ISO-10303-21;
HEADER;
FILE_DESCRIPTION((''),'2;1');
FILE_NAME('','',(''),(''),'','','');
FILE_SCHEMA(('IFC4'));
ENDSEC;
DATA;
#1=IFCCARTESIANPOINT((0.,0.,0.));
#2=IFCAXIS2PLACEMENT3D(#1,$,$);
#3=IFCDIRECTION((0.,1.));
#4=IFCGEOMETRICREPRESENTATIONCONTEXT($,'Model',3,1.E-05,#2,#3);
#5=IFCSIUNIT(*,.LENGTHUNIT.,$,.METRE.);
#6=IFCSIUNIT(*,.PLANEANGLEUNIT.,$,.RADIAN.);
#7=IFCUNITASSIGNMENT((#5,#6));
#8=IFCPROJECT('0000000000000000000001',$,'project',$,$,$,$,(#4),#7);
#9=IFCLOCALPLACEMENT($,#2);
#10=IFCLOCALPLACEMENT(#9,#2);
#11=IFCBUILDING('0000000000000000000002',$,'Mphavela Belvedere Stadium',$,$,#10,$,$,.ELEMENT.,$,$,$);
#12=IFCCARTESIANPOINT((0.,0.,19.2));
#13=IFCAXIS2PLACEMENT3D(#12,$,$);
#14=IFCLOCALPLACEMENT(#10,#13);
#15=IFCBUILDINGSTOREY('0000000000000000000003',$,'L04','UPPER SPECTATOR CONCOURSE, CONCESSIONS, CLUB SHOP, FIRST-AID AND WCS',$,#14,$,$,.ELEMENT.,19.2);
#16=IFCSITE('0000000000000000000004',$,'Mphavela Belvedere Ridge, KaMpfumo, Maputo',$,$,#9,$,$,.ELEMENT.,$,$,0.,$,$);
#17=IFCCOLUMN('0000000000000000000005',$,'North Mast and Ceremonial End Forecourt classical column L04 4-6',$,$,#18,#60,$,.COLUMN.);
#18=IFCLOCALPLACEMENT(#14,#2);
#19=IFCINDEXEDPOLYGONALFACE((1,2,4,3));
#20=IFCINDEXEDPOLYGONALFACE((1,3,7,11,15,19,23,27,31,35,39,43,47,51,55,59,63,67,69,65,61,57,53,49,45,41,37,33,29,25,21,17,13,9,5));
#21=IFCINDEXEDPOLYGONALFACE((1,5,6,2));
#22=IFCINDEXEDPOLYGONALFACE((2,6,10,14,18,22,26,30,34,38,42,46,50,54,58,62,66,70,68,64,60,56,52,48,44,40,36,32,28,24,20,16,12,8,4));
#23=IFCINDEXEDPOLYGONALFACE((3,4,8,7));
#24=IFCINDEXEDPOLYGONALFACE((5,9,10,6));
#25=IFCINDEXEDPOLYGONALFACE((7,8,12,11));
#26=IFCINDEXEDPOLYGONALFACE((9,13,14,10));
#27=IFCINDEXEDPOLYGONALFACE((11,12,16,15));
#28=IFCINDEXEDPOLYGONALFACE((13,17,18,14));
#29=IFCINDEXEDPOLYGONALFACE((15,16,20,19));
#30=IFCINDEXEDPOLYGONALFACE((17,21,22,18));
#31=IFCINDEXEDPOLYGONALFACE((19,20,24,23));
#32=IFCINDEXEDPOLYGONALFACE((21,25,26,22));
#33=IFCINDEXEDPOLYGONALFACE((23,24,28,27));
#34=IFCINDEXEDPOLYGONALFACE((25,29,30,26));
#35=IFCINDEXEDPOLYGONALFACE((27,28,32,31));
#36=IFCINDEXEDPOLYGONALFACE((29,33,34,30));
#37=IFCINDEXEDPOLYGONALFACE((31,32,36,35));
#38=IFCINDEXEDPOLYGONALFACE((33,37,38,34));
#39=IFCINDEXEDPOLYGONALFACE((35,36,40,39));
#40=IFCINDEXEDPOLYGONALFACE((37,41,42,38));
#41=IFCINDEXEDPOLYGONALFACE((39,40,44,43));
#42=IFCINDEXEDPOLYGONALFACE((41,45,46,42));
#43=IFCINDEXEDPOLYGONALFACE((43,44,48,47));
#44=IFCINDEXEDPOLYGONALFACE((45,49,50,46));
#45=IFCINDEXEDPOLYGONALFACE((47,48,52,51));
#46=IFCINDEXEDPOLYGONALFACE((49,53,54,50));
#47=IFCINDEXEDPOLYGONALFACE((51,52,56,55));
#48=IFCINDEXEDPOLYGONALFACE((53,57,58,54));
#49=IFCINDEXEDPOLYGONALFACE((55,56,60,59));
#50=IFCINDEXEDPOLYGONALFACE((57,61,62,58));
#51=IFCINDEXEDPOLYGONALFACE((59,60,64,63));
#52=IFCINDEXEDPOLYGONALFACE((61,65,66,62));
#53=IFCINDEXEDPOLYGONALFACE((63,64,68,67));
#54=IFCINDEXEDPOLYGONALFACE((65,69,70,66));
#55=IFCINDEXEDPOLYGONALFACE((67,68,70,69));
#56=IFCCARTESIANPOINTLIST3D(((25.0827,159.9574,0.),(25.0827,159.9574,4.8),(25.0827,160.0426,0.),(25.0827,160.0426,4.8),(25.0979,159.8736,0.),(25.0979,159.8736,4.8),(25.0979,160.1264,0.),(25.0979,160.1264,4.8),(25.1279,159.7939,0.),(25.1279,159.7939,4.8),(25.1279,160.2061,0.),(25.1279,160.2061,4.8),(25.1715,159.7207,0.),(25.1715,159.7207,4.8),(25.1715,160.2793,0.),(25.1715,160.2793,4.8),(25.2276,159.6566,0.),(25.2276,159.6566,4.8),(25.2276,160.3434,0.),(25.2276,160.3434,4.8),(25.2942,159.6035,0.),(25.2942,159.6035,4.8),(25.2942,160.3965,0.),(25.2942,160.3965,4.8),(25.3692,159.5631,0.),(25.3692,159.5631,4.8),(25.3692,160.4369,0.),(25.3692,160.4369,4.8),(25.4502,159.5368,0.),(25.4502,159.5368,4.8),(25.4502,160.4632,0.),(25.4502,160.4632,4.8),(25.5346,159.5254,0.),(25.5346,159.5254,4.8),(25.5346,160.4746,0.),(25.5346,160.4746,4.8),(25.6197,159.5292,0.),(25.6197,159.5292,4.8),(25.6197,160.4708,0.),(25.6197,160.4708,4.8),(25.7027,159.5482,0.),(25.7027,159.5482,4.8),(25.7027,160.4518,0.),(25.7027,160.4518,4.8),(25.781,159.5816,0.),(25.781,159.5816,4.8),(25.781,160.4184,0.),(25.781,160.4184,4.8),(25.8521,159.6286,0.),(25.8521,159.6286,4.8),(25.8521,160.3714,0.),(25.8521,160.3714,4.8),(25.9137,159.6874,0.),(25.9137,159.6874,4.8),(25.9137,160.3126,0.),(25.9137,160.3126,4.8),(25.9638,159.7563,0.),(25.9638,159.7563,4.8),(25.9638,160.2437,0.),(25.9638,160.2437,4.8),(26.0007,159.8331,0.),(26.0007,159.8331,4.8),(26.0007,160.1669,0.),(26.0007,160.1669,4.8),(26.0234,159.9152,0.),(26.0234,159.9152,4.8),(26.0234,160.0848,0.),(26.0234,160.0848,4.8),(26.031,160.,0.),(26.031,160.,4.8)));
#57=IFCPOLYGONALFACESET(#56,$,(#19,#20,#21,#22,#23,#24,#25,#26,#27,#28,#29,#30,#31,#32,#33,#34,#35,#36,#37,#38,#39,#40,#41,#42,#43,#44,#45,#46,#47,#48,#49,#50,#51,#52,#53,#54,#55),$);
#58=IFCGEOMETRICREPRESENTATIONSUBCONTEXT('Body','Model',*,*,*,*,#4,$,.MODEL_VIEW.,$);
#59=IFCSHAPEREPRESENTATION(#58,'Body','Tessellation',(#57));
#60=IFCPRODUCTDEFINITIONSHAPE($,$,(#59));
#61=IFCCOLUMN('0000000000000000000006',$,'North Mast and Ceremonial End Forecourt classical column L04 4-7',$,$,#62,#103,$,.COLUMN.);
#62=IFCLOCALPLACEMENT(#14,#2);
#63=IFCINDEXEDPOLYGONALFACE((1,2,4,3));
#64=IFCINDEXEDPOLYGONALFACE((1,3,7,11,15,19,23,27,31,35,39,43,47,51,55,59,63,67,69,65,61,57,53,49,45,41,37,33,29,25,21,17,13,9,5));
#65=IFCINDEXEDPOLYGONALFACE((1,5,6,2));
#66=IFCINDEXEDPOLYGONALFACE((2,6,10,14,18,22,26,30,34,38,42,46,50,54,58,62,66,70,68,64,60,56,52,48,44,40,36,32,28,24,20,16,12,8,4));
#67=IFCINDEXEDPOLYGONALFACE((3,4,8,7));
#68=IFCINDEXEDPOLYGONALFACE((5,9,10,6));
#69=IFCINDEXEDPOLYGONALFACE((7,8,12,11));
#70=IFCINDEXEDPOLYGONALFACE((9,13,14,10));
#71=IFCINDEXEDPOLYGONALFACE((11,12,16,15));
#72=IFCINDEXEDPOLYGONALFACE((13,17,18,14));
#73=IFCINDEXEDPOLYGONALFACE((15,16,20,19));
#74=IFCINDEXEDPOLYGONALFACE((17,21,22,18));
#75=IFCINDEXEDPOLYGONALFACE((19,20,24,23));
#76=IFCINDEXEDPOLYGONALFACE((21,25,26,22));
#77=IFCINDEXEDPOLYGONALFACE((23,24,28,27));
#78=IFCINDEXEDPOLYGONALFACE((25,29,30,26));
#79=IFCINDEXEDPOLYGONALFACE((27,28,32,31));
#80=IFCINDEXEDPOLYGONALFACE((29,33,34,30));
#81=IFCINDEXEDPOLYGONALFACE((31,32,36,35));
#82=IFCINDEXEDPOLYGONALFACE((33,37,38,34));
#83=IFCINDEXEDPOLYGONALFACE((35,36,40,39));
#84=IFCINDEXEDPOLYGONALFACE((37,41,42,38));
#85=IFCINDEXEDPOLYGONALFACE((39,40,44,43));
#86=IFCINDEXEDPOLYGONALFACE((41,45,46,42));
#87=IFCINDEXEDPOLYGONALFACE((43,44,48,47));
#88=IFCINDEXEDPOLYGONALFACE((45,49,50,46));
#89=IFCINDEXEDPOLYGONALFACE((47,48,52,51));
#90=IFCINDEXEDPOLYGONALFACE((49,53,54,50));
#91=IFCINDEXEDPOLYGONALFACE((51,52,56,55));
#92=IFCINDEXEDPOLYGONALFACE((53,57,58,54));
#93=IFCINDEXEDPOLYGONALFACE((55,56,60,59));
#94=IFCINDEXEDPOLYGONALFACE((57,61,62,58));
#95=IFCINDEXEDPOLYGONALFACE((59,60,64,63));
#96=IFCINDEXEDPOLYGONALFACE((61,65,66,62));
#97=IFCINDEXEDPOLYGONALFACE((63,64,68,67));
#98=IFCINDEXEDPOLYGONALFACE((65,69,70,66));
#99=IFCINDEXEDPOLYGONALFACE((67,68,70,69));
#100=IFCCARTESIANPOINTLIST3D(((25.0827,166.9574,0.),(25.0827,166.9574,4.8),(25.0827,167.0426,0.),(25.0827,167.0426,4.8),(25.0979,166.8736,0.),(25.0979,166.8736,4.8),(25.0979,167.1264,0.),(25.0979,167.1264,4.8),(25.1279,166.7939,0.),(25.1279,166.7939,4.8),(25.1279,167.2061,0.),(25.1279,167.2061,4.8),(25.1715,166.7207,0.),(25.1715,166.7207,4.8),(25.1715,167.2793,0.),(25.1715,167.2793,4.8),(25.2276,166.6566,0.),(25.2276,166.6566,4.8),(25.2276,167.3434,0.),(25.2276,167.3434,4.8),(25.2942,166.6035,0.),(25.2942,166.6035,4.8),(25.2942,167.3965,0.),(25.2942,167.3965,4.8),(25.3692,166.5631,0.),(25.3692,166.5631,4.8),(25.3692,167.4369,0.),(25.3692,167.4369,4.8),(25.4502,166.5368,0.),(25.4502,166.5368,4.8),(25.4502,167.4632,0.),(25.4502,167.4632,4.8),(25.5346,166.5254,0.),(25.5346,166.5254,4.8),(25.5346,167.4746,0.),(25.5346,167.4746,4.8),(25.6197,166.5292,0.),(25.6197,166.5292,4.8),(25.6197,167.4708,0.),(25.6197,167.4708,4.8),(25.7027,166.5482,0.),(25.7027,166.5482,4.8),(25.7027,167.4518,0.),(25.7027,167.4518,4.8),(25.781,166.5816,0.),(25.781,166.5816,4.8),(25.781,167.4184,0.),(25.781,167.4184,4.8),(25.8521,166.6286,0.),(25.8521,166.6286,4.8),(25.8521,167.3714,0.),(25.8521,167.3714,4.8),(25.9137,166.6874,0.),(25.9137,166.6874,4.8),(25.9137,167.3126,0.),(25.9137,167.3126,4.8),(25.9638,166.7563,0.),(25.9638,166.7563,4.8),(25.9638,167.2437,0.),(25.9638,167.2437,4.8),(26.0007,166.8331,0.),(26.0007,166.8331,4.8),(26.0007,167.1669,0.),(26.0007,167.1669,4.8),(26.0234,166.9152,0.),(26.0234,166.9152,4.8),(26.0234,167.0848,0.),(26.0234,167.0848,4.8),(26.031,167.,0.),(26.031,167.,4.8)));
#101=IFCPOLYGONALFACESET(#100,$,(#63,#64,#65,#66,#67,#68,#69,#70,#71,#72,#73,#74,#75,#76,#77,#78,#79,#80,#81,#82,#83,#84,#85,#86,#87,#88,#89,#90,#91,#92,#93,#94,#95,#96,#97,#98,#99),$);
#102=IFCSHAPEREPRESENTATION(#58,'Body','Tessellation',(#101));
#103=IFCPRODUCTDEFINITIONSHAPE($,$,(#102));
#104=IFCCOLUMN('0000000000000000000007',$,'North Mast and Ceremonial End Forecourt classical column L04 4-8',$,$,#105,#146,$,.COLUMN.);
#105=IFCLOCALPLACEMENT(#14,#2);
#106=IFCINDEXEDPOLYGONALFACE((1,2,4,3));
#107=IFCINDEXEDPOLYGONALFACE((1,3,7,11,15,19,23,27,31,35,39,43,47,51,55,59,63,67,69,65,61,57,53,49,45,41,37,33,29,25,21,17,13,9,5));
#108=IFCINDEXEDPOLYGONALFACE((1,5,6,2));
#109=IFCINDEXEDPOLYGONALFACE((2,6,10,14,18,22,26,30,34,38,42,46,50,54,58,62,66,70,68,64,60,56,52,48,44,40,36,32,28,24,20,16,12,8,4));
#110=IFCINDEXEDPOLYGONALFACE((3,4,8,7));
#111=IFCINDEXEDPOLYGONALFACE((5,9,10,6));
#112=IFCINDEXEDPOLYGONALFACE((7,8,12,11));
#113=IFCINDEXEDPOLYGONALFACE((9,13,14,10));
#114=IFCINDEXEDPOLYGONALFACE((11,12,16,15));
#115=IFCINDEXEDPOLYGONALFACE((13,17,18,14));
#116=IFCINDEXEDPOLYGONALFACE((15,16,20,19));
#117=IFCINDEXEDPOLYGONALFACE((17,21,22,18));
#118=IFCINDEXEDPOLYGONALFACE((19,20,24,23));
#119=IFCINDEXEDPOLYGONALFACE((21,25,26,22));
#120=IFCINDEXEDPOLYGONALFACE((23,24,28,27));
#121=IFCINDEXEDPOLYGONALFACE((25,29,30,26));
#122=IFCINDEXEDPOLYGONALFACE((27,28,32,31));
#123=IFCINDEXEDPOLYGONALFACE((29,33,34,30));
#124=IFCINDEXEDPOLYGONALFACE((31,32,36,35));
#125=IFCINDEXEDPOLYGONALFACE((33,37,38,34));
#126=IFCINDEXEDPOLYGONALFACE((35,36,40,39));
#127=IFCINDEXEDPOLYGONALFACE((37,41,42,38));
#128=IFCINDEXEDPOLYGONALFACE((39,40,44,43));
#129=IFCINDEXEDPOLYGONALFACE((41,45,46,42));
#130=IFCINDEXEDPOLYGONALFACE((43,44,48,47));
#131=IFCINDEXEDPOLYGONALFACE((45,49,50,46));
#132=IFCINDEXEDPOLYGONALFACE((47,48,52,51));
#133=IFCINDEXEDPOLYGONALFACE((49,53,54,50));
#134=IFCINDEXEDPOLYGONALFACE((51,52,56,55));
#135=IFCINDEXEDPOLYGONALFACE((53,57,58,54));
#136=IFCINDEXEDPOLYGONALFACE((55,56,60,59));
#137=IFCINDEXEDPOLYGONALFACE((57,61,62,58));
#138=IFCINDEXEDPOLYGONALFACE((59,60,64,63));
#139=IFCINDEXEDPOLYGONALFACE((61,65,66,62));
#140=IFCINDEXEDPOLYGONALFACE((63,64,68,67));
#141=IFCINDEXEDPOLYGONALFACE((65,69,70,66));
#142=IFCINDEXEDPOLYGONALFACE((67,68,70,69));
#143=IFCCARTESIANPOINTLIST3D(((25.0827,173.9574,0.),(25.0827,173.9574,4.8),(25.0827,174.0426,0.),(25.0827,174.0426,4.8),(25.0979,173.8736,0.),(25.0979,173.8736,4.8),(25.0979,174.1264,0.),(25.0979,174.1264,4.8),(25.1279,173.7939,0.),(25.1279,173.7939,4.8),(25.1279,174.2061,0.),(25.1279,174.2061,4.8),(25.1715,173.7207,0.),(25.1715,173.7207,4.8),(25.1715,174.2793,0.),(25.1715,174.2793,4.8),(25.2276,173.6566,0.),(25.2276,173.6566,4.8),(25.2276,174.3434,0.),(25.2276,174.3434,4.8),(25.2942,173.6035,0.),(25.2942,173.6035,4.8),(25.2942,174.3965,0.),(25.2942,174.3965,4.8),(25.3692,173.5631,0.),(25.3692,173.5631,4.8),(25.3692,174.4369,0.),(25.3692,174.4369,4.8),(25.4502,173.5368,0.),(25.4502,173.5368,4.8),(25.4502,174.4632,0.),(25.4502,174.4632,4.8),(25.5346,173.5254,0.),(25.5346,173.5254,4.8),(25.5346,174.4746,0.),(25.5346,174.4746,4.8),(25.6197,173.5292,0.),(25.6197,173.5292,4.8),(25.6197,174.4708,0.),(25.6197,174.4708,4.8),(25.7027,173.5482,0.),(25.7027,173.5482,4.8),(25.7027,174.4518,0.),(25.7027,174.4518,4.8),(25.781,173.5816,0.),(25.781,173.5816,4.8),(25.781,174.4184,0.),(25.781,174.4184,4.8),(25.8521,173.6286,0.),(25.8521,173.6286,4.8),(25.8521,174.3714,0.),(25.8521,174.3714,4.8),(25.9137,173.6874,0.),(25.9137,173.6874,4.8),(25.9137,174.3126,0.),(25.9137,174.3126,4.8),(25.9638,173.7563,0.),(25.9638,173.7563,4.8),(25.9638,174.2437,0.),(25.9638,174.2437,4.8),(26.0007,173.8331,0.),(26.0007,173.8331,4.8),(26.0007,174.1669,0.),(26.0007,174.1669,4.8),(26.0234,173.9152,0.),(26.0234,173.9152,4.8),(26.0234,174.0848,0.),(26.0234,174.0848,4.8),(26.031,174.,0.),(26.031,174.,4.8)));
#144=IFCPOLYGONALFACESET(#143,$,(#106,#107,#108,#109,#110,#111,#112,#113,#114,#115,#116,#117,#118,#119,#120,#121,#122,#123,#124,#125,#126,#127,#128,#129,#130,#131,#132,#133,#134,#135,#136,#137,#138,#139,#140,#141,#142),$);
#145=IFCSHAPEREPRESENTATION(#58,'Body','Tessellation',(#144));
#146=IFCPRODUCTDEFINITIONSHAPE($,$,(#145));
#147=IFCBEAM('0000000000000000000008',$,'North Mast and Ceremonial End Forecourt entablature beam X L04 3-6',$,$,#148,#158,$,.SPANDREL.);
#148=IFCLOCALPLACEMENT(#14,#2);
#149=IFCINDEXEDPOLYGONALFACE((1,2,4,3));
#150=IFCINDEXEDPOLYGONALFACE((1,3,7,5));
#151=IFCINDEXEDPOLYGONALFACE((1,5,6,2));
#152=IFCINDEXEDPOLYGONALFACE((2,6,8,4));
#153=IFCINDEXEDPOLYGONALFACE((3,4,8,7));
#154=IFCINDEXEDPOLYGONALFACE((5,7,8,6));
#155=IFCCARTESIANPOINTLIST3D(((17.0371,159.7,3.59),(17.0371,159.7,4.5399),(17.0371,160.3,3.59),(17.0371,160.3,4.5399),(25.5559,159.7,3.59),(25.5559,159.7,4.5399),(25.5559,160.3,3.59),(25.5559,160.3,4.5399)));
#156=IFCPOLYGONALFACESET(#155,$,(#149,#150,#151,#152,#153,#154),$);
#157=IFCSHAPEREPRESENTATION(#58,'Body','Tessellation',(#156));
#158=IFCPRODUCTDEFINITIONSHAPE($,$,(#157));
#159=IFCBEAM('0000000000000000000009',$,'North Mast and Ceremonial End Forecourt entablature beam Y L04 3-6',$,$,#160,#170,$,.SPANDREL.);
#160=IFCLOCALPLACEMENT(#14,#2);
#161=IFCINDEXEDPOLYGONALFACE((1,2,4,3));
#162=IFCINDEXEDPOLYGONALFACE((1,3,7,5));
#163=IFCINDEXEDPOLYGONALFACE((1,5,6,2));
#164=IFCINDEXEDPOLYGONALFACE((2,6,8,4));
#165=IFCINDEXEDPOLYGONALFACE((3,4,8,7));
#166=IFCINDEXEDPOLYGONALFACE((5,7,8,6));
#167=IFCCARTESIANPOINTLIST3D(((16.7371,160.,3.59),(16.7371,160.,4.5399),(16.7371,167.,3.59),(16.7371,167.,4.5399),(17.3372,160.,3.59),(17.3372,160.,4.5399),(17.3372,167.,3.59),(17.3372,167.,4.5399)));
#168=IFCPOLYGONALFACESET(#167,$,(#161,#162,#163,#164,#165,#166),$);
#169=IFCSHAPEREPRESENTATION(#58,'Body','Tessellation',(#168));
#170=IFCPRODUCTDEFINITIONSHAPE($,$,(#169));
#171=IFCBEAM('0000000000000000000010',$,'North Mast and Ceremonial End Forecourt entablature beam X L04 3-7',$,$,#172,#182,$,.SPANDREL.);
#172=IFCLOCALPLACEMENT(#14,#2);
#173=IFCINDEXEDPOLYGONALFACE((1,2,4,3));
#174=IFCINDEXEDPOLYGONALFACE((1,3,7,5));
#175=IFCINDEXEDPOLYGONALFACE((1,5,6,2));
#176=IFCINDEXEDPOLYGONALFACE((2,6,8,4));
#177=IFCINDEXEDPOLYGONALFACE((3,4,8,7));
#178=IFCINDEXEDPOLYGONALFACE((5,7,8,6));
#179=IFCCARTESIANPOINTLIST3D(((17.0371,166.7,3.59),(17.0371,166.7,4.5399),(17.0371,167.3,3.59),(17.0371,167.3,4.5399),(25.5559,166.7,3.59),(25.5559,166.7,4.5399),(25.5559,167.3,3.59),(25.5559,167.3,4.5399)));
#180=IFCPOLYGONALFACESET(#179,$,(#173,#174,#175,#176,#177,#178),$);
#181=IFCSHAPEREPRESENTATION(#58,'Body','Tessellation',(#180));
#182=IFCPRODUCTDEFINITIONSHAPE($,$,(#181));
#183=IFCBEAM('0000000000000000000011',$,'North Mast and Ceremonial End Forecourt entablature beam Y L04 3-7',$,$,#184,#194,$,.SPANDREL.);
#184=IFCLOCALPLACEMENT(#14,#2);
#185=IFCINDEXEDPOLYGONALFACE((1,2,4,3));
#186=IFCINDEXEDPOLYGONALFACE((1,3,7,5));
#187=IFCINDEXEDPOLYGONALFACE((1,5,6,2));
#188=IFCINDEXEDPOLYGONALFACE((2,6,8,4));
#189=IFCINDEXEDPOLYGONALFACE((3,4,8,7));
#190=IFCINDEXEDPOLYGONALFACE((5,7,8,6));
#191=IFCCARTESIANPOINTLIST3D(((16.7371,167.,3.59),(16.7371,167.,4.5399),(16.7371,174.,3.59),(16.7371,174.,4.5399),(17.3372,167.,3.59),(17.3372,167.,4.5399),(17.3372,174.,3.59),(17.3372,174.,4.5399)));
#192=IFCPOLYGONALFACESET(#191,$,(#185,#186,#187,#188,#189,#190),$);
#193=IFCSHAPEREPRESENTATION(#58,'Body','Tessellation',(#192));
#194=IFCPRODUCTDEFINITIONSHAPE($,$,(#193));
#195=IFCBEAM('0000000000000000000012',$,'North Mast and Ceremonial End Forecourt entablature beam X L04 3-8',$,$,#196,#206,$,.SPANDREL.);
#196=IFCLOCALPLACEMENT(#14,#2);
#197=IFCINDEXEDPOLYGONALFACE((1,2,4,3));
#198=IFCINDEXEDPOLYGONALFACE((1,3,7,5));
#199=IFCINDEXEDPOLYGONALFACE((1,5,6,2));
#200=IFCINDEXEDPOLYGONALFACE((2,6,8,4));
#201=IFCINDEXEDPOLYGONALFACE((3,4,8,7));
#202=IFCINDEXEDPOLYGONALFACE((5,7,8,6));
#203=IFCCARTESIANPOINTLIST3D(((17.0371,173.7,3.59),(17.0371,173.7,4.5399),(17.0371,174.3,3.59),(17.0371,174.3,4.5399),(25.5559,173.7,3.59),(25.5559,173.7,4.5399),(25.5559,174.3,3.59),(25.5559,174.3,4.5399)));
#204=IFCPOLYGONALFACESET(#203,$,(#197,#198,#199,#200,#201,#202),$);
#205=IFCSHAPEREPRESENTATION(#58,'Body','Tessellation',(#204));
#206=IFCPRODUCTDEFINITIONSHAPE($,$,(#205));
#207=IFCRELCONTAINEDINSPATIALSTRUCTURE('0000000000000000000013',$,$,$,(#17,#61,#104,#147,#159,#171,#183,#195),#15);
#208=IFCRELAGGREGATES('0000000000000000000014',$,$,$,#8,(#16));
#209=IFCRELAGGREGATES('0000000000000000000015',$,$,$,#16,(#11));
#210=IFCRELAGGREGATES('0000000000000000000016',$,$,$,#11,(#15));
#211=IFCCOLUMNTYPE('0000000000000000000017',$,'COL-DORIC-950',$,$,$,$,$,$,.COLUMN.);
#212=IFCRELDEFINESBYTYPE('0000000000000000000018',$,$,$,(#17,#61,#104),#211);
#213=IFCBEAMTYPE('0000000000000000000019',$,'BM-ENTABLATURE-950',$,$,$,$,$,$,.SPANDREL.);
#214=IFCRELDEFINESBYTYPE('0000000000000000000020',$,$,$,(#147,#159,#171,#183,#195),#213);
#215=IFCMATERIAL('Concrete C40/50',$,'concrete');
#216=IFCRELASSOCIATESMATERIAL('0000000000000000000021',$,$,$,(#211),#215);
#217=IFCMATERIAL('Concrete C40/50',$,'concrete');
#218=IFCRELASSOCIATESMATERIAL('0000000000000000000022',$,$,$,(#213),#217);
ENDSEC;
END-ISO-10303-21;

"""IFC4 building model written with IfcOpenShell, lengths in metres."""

from ifc_helpers import new_model, si_unit, direction, frame, origin, origin_2d, place, context, subcontext, project, spatial, rectangle, circle, extrude, material, material_profile, profile_set, type_object, element, save


model = new_model("IFC4")

# Units and contexts
model_context = context("Model", 3, precision=1e-05, world=origin(), true_north=direction((0.0, 1.0)))
body_context = subcontext(model_context, "Body", "Model", "MODEL_VIEW")
ifc_project = project(units=[si_unit("LENGTHUNIT", "METRE"), si_unit("PLANEANGLEUNIT", "RADIAN")], contexts=[model_context])

# Site, building, storey
site_placement = place(None, origin())
site = spatial("IfcSite", under=ifc_project, at=site_placement, Name="Mphavela Belvedere Ridge, KaMpfumo, Maputo", CompositionType="ELEMENT", RefElevation=0.0)
building_placement = place(site_placement, origin())
building = spatial("IfcBuilding", under=site, at=building_placement, Name="Mphavela Belvedere Stadium", CompositionType="ELEMENT")
storey_placement = place(building_placement, frame((0.0, 0.0, 19.2)))
storey = spatial("IfcBuildingStorey", under=building, at=storey_placement, Name="L04", Description="UPPER SPECTATOR CONCOURSE, CONCESSIONS, CLUB SHOP, FIRST-AID AND WCS", CompositionType="ELEMENT", Elevation=19.2)

# Columns
ifc_material_1 = material(Name="Concrete C40/50", Category="concrete")
ifc_material_profile_1 = material_profile(ifc_material_1, circle(Radius=0.4751, at=origin_2d()), Name="COL D950")
ifc_profile_set_1 = profile_set([ifc_material_profile_1], Name="Concrete C40/50")
column_type = type_object("IfcColumnType", Name="COL-DORIC-950", PredefinedType="COLUMN", material=ifc_profile_set_1)
for number, where, z_axis, x_axis, name in (
    (1, (25.5559, 160.0, 0.0), (0.0, 0.0, 1.0), (1.0, 0.0, 0.0), "North Mast and Ceremonial End Forecourt classical column L04 4-6"),
    (2, (25.5559, 167.0, 0.0), (0.0, 0.0, 1.0), (1.0, 0.0, 0.0), "North Mast and Ceremonial End Forecourt classical column L04 4-7"),
    (3, (25.5559, 174.0, 0.0), (0.0, 0.0, 1.0), (1.0, 0.0, 0.0), "North Mast and Ceremonial End Forecourt classical column L04 4-8"),
):
    element("IfcColumn", number, at=place(storey_placement, frame(where, z_axis=z_axis, x_axis=x_axis)), inside=storey, type_object=column_type, Name=name, PredefinedType="COLUMN", context=body_context, shape_type="SweptSolid", body=[
        extrude(circle(Radius=0.4751, at=origin_2d()), origin(), (0.0, 0.0, 1.0), 4.8),
    ])

# Beams
ifc_material_2 = material(Name="Concrete C40/50", Category="concrete")
ifc_material_profile_2 = material_profile(ifc_material_2, rectangle(XDim=0.6001, YDim=0.95, at=origin_2d()), Name="RC 600x950")
ifc_profile_set_2 = profile_set([ifc_material_profile_2], Name="Concrete C40/50")
beam_type_1 = type_object("IfcBeamType", Name="BM-ENTABLATURE-950", PredefinedType="SPANDREL", material=ifc_profile_set_2)
beam_1_placement = place(storey_placement, frame((17.0371, 160.0, 4.0649), z_axis=(1.0, 0.0, 0.0), x_axis=(0.0, 1.0, 0.0)))
element("IfcBeam", 4, at=beam_1_placement, inside=storey, type_object=beam_type_1, Name="North Mast and Ceremonial End Forecourt entablature beam X L04 3-6", PredefinedType="SPANDREL", context=body_context, shape_type="SweptSolid", body=[
    extrude(rectangle(XDim=0.6001, YDim=0.95, at=origin_2d()), origin(), (0.0, 0.0, 1.0), 8.5188),
])
beam_2_placement = place(storey_placement, frame((17.0371, 160.0, 4.0649), z_axis=(0.0, 1.0, 0.0), x_axis=(-1.0, 0.0, 0.0)))
element("IfcBeam", 5, at=beam_2_placement, inside=storey, type_object=beam_type_1, Name="North Mast and Ceremonial End Forecourt entablature beam Y L04 3-6", PredefinedType="SPANDREL", context=body_context, shape_type="SweptSolid", body=[
    extrude(rectangle(XDim=0.6001, YDim=0.95, at=origin_2d()), origin(), (0.0, 0.0, 1.0), 7.0),
])
beam_3_placement = place(storey_placement, frame((17.0371, 167.0, 4.0649), z_axis=(1.0, 0.0, 0.0), x_axis=(0.0, 1.0, 0.0)))
element("IfcBeam", 6, at=beam_3_placement, inside=storey, type_object=beam_type_1, Name="North Mast and Ceremonial End Forecourt entablature beam X L04 3-7", PredefinedType="SPANDREL", context=body_context, shape_type="SweptSolid", body=[
    extrude(rectangle(XDim=0.6001, YDim=0.95, at=origin_2d()), origin(), (0.0, 0.0, 1.0), 8.5188),
])
beam_4_placement = place(storey_placement, frame((17.0371, 167.0, 4.0649), z_axis=(0.0, 1.0, 0.0), x_axis=(-1.0, 0.0, 0.0)))
element("IfcBeam", 7, at=beam_4_placement, inside=storey, type_object=beam_type_1, Name="North Mast and Ceremonial End Forecourt entablature beam Y L04 3-7", PredefinedType="SPANDREL", context=body_context, shape_type="SweptSolid", body=[
    extrude(rectangle(XDim=0.6001, YDim=0.95, at=origin_2d()), origin(), (0.0, 0.0, 1.0), 7.0),
])
beam_5_placement = place(storey_placement, frame((17.0371, 174.0, 4.0649), z_axis=(1.0, 0.0, 0.0), x_axis=(0.0, 1.0, 0.0)))
element("IfcBeam", 8, at=beam_5_placement, inside=storey, type_object=beam_type_1, Name="North Mast and Ceremonial End Forecourt entablature beam X L04 3-8", PredefinedType="SPANDREL", context=body_context, shape_type="SweptSolid", body=[
    extrude(rectangle(XDim=0.6001, YDim=0.95, at=origin_2d()), origin(), (0.0, 0.0, 1.0), 8.5188),
])

save(model, "model.ifc")
